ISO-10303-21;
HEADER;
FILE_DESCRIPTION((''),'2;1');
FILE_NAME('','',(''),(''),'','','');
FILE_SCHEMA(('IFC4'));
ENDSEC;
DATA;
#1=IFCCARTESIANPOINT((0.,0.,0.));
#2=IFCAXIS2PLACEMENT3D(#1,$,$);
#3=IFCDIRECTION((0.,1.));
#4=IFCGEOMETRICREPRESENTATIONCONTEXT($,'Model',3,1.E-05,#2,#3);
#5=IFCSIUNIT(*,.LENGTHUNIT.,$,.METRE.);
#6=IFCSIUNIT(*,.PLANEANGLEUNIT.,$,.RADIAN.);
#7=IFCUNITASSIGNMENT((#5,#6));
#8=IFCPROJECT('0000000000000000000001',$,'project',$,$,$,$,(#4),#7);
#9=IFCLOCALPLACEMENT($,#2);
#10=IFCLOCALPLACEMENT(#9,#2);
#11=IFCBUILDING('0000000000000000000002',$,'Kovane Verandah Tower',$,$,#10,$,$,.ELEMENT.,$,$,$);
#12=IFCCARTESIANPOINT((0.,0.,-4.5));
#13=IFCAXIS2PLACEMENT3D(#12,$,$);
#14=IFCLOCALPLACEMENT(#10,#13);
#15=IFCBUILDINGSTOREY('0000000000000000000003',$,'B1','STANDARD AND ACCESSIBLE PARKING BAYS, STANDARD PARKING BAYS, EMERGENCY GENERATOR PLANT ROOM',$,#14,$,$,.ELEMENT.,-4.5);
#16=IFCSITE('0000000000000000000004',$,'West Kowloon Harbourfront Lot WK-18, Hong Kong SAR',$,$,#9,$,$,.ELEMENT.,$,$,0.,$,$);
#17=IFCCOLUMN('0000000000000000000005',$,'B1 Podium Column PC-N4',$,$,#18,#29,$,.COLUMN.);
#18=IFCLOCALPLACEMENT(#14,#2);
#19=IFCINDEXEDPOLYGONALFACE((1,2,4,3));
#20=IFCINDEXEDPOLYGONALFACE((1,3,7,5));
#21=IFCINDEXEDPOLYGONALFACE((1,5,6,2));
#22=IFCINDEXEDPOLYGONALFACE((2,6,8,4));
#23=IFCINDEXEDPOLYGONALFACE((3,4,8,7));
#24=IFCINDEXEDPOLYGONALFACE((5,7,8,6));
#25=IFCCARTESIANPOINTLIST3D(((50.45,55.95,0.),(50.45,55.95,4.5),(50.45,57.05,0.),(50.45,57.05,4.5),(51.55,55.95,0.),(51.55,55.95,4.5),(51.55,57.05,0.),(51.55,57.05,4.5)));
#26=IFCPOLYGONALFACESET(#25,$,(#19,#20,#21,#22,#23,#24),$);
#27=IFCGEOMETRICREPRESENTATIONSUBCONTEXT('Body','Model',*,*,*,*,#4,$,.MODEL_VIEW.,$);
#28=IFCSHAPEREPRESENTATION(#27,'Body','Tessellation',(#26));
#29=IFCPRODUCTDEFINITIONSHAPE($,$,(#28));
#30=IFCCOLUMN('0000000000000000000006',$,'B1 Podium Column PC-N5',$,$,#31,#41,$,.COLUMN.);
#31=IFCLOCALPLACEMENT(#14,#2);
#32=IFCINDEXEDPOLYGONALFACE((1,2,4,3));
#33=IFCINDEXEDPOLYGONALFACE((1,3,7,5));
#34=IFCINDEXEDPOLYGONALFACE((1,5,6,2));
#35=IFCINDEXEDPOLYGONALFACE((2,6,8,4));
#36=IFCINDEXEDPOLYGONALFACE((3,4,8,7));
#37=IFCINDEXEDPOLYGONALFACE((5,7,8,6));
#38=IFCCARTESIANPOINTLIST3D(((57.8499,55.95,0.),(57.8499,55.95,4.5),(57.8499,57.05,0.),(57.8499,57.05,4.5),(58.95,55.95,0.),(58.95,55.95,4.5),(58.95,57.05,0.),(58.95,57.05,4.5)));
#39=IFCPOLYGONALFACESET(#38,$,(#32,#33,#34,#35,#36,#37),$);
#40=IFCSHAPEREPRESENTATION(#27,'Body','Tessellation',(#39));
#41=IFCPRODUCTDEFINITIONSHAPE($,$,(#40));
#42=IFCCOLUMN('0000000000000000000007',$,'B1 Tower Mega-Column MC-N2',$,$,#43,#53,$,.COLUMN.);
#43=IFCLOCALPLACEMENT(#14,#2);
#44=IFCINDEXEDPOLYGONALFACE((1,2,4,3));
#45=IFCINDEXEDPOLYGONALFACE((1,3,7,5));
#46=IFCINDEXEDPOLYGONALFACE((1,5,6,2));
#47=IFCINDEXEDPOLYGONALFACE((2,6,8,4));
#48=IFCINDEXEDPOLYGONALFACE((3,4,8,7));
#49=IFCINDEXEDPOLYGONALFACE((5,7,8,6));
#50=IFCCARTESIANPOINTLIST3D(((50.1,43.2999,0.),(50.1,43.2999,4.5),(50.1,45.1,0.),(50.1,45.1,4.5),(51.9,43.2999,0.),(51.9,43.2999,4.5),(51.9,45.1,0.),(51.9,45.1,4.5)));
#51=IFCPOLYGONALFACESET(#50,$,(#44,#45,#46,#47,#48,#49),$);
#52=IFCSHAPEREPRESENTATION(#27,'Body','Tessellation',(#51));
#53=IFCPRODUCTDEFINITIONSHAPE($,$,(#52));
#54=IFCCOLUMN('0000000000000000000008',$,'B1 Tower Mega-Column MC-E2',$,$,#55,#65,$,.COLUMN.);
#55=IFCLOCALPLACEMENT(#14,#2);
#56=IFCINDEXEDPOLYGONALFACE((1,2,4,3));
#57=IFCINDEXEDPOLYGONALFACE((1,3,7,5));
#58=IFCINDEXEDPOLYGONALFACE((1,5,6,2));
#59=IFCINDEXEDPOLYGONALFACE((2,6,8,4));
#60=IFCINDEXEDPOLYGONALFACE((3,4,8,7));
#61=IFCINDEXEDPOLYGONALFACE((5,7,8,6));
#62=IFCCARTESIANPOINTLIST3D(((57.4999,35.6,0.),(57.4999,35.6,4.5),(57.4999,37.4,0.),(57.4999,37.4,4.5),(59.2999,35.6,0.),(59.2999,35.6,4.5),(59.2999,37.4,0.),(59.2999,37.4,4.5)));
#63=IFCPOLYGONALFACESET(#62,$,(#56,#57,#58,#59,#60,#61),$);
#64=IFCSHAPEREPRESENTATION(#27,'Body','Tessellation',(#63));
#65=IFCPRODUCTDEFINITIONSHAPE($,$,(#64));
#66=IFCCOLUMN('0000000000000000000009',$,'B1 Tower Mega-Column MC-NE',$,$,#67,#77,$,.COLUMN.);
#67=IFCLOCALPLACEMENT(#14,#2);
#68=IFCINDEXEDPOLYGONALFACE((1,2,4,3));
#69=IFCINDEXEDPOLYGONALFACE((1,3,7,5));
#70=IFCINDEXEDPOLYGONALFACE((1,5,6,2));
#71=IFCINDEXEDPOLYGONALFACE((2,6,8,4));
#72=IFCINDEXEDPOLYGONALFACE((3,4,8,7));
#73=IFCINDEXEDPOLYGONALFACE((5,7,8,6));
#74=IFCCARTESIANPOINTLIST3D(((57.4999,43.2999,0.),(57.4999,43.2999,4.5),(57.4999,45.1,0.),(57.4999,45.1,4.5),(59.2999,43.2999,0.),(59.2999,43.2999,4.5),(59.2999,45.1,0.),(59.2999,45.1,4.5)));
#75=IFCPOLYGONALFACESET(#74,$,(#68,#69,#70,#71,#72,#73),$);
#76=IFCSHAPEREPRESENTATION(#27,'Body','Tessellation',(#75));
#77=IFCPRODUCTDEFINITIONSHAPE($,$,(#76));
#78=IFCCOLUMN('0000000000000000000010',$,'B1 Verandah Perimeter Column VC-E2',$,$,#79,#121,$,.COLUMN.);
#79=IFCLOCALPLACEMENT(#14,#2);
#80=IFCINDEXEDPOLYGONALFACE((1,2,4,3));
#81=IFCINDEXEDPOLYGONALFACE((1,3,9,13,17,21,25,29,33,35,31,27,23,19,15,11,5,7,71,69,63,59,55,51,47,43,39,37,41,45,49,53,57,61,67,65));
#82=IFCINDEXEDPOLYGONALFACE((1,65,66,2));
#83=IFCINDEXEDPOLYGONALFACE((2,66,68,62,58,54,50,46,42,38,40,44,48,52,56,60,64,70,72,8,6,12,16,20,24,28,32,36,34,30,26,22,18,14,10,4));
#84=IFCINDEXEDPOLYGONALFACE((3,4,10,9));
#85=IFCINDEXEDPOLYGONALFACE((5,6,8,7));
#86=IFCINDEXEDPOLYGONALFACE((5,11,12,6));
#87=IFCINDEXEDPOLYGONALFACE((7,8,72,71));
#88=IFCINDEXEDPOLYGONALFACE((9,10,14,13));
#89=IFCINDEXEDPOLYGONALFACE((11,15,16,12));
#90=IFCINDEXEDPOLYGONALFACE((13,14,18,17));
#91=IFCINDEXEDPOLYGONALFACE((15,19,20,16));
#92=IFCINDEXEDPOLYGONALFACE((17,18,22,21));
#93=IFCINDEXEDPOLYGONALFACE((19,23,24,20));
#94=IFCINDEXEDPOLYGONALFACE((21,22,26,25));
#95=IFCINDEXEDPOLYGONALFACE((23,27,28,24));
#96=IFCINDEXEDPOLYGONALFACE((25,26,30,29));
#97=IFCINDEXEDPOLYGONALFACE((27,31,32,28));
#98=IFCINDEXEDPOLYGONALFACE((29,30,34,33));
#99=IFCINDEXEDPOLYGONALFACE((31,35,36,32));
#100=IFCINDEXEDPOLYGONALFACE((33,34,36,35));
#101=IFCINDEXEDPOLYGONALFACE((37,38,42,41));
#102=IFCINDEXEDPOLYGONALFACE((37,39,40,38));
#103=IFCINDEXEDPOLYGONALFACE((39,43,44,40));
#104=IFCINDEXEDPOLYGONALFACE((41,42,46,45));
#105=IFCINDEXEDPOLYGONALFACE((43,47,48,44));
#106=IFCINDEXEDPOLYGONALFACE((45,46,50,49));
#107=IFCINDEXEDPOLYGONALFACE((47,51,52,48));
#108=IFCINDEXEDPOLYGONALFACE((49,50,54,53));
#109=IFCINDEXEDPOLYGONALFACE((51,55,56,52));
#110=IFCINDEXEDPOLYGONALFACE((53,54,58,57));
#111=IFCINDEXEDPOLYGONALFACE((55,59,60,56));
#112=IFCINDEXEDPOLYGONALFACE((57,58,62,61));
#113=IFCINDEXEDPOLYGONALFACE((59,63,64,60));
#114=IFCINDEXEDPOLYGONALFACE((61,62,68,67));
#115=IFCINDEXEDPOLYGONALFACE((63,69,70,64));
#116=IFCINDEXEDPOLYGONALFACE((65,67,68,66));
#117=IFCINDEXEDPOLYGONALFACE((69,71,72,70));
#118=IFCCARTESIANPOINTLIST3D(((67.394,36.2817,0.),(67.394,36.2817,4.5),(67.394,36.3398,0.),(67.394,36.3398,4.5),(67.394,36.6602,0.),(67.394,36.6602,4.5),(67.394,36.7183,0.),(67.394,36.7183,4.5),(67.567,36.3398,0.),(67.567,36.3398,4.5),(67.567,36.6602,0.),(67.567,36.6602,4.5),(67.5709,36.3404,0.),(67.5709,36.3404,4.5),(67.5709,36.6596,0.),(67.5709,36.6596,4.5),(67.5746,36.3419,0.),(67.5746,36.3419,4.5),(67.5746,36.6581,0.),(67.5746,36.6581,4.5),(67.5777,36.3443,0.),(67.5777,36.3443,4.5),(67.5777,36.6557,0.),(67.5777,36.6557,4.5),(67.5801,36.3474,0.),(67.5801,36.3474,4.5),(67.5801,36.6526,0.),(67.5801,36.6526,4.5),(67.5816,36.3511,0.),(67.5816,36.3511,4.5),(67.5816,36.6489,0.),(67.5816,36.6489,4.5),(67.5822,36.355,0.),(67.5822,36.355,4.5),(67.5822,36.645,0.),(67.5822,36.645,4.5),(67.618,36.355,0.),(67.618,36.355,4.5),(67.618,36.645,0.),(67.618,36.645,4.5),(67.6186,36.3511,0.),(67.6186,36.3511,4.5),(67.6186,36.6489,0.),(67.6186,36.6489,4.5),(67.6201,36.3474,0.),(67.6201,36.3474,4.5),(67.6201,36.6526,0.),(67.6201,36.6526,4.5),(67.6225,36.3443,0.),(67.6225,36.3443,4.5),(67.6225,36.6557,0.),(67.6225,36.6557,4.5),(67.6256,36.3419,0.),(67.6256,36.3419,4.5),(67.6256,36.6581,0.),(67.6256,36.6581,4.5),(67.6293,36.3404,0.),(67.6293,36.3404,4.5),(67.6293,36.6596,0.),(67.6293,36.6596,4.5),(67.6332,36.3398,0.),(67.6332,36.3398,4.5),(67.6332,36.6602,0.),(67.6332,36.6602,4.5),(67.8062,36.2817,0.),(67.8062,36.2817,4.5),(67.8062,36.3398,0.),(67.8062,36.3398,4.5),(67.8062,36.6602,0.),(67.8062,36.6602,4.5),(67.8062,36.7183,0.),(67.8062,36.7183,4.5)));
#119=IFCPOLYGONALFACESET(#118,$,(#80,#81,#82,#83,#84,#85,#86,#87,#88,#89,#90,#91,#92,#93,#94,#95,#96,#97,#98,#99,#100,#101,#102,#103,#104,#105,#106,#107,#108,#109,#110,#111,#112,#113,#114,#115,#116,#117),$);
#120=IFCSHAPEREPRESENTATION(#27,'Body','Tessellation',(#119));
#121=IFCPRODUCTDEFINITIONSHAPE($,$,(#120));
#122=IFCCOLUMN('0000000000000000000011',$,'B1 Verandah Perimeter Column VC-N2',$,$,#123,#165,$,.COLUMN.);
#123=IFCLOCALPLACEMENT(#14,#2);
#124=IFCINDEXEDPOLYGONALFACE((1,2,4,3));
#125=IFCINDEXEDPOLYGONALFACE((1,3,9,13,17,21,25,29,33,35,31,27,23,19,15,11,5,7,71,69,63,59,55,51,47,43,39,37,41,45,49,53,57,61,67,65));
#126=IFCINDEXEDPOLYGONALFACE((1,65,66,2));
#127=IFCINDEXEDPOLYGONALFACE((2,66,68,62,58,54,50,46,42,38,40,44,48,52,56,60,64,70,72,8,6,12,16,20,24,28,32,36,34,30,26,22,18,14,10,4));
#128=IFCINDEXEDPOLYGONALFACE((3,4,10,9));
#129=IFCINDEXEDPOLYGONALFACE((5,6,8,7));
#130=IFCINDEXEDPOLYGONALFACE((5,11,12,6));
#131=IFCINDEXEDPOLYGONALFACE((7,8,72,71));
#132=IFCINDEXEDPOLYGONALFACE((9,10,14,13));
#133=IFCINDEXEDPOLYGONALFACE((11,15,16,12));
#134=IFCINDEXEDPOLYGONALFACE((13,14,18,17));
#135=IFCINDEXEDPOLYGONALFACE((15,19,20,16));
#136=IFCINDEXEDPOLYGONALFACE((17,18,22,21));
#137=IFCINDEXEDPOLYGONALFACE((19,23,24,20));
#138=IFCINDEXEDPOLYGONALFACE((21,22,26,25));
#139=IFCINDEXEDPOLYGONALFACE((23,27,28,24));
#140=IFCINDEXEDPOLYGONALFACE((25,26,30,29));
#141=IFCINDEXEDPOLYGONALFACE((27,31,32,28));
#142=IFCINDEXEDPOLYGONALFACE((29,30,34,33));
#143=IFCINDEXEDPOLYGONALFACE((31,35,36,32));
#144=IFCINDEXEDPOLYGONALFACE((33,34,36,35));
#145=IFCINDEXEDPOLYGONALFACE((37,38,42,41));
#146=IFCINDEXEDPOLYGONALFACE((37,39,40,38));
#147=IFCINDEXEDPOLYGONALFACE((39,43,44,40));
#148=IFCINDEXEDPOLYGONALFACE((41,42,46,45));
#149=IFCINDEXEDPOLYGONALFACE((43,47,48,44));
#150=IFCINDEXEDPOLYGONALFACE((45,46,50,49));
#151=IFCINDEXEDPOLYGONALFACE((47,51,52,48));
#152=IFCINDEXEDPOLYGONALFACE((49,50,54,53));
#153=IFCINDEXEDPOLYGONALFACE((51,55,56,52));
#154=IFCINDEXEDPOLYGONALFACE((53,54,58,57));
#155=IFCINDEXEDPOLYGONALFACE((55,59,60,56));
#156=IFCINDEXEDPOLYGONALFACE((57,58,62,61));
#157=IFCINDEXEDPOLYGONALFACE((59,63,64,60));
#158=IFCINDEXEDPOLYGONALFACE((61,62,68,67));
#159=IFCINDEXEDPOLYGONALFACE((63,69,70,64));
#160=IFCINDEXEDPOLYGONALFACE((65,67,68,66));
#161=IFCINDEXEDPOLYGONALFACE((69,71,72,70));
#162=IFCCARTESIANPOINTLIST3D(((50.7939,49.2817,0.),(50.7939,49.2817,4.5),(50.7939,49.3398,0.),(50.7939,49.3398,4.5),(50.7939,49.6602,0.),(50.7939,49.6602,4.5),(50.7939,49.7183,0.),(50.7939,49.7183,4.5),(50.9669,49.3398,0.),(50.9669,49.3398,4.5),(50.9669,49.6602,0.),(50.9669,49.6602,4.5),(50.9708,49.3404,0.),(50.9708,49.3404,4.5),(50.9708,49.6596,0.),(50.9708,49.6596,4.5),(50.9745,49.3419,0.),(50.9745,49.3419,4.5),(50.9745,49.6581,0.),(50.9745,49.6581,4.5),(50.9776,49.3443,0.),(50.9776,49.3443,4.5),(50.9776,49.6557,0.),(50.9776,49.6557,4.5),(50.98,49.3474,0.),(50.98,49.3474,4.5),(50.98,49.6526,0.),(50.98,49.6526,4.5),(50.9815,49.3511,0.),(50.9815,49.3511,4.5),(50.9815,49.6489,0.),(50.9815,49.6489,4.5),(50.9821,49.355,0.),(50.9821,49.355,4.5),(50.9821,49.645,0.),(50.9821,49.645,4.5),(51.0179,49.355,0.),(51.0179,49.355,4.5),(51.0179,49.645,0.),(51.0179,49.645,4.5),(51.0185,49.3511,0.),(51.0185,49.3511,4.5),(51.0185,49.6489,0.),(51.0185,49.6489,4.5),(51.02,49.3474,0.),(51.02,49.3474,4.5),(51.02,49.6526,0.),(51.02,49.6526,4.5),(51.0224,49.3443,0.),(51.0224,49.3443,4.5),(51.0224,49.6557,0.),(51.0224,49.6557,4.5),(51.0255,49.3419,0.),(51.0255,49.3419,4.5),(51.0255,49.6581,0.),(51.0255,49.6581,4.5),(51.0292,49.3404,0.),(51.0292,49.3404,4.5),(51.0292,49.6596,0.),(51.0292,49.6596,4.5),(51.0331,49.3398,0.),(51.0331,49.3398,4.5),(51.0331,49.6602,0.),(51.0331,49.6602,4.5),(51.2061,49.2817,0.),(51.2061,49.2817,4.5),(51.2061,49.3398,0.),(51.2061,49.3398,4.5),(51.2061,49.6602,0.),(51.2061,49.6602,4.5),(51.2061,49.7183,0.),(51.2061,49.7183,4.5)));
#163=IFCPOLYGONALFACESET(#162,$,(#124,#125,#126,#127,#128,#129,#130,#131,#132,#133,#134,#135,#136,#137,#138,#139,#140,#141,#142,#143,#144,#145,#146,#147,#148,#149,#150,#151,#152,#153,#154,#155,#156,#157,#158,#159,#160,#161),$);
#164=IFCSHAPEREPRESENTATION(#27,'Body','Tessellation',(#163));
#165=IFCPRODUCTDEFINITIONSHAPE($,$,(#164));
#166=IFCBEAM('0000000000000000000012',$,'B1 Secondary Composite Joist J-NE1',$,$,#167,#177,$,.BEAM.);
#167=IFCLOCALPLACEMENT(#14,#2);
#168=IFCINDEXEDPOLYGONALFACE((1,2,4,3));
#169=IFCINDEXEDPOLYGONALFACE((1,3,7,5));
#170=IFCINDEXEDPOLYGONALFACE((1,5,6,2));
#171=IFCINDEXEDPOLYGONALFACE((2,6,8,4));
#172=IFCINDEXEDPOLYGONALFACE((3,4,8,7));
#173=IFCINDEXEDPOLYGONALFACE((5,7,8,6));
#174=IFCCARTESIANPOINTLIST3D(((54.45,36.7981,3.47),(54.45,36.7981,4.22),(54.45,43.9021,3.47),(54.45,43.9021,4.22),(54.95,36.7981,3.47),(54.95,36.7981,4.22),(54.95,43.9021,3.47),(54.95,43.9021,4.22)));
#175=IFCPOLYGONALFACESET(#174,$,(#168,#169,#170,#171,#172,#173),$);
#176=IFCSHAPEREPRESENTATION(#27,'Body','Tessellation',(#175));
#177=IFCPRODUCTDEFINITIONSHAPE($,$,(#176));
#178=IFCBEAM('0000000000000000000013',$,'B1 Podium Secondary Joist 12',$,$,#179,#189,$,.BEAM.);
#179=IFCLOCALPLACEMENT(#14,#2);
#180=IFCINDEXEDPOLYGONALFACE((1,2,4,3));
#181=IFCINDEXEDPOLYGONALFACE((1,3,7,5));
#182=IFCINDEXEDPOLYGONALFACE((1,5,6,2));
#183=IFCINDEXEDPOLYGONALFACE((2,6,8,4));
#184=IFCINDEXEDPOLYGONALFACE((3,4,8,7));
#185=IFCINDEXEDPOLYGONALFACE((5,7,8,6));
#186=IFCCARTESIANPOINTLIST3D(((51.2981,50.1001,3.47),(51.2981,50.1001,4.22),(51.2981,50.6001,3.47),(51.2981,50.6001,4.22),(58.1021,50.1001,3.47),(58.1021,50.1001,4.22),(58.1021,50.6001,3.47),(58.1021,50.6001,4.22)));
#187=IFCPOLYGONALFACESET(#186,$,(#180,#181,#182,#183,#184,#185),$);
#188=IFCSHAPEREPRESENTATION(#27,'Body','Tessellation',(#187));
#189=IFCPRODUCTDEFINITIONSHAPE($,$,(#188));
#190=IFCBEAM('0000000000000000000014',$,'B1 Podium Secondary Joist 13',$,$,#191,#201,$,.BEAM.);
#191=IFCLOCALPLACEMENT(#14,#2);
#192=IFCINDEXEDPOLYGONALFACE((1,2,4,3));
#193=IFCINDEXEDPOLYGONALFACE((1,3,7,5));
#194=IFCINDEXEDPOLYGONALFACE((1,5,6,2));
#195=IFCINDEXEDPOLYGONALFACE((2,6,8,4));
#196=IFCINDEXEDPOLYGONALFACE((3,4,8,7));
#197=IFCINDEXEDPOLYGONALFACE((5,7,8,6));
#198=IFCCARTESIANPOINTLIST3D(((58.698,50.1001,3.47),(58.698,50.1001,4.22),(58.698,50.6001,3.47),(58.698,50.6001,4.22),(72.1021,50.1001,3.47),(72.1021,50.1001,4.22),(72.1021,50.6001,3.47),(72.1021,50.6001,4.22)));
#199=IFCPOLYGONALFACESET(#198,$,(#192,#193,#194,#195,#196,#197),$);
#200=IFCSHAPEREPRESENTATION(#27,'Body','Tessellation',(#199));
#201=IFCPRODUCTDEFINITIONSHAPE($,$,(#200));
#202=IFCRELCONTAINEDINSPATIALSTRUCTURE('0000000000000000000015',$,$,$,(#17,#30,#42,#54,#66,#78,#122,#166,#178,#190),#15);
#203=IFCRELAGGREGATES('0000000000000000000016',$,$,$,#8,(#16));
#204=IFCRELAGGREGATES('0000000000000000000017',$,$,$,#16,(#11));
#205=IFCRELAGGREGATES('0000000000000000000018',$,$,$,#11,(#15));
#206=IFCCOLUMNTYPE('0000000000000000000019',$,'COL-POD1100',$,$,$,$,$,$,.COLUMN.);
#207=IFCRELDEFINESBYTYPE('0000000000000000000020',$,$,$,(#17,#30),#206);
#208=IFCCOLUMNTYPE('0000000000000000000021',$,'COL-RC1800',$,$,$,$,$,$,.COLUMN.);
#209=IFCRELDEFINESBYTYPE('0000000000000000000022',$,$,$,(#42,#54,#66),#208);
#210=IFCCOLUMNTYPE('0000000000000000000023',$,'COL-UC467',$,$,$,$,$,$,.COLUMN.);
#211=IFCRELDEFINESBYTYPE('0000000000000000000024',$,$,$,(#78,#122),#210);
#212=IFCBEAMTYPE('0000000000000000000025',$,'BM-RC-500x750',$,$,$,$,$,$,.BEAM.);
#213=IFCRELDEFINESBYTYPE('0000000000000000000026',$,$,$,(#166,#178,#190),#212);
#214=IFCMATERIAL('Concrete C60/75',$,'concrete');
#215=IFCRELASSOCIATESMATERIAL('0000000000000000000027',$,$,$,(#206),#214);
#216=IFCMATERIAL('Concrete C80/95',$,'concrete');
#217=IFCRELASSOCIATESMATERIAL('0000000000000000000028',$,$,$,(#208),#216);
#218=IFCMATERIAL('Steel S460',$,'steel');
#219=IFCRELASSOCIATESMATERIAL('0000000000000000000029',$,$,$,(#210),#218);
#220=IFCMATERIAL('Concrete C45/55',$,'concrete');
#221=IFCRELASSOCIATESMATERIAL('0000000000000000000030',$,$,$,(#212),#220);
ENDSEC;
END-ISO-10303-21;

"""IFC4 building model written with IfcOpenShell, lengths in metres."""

from ifc_helpers import new_model, si_unit, direction, frame, origin, origin_2d, place, context, subcontext, project, spatial, rectangle, i_section, extrude, material, material_profile, profile_set, type_object, element, save


model = new_model("IFC4")

# Units and contexts
model_context = context("Model", 3, precision=1e-05, world=origin(), true_north=direction((0.0, 1.0)))
body_context = subcontext(model_context, "Body", "Model", "MODEL_VIEW")
ifc_project = project(units=[si_unit("LENGTHUNIT", "METRE"), si_unit("PLANEANGLEUNIT", "RADIAN")], contexts=[model_context])

# Site, building, storey
site_placement = place(None, origin())
site = spatial("IfcSite", under=ifc_project, at=site_placement, Name="West Kowloon Harbourfront Lot WK-18, Hong Kong SAR", CompositionType="ELEMENT", RefElevation=0.0)
building_placement = place(site_placement, origin())
building = spatial("IfcBuilding", under=site, at=building_placement, Name="Kovane Verandah Tower", CompositionType="ELEMENT")
storey_placement = place(building_placement, frame((0.0, 0.0, -4.5)))
storey = spatial("IfcBuildingStorey", under=building, at=storey_placement, Name="B1", Description="STANDARD AND ACCESSIBLE PARKING BAYS, STANDARD PARKING BAYS, EMERGENCY GENERATOR PLANT ROOM", CompositionType="ELEMENT", Elevation=-4.5)

# Columns
ifc_material_1 = material(Name="Concrete C60/75", Category="concrete")
ifc_material_profile_1 = material_profile(ifc_material_1, rectangle(XDim=1.1001, YDim=1.1001, at=origin_2d()), Name="RC1100x1100")
ifc_profile_set_1 = profile_set([ifc_material_profile_1], Name="Concrete C60/75")
column_type_1 = type_object("IfcColumnType", Name="COL-POD1100", PredefinedType="COLUMN", material=ifc_profile_set_1)
for number, where, z_axis, x_axis, name in (
    (1, (51.0, 56.5, 0.0), (0.0, 0.0, 1.0), (1.0, 0.0, 0.0), "B1 Podium Column PC-N4"),
    (2, (58.3999, 56.5, 0.0), (0.0, 0.0, 1.0), (1.0, 0.0, 0.0), "B1 Podium Column PC-N5"),
):
    element("IfcColumn", number, at=place(storey_placement, frame(where, z_axis=z_axis, x_axis=x_axis)), inside=storey, type_object=column_type_1, Name=name, PredefinedType="COLUMN", context=body_context, shape_type="SweptSolid", body=[
        extrude(rectangle(XDim=1.1001, YDim=1.1001, at=origin_2d()), origin(), (0.0, 0.0, 1.0), 4.5),
    ])
ifc_material_2 = material(Name="Concrete C80/95", Category="concrete")
ifc_material_profile_2 = material_profile(ifc_material_2, rectangle(XDim=1.8, YDim=1.8, at=origin_2d()), Name="RC1800x1800")
ifc_profile_set_2 = profile_set([ifc_material_profile_2], Name="Concrete C80/95")
column_type_2 = type_object("IfcColumnType", Name="COL-RC1800", PredefinedType="COLUMN", material=ifc_profile_set_2)
for number, where, z_axis, x_axis, name in (
    (3, (51.0, 44.2, 0.0), (0.0, 0.0, 1.0), (1.0, 0.0, 0.0), "B1 Tower Mega-Column MC-N2"),
    (4, (58.3999, 36.5, 0.0), (0.0, 0.0, 1.0), (1.0, 0.0, 0.0), "B1 Tower Mega-Column MC-E2"),
    (5, (58.3999, 44.2, 0.0), (0.0, 0.0, 1.0), (1.0, 0.0, 0.0), "B1 Tower Mega-Column MC-NE"),
):
    element("IfcColumn", number, at=place(storey_placement, frame(where, z_axis=z_axis, x_axis=x_axis)), inside=storey, type_object=column_type_2, Name=name, PredefinedType="COLUMN", context=body_context, shape_type="SweptSolid", body=[
        extrude(rectangle(XDim=1.8, YDim=1.8, at=origin_2d()), origin(), (0.0, 0.0, 1.0), 4.5),
    ])
ifc_material_3 = material(Name="Steel S460", Category="steel")
ifc_material_profile_3 = material_profile(ifc_material_3, i_section(OverallWidth=0.4121, OverallDepth=0.4365, WebThickness=0.0359, FlangeThickness=0.0581, FilletRadius=0.0151, at=origin_2d()), Name="UC356x406x467")
ifc_profile_set_3 = profile_set([ifc_material_profile_3], Name="Steel S460")
column_type_3 = type_object("IfcColumnType", Name="COL-UC467", PredefinedType="COLUMN", material=ifc_profile_set_3)
for number, where, z_axis, x_axis, name in (
    (6, (67.6001, 36.5, 0.0), (0.0, 0.0, 1.0), (1.0, 0.0, 0.0), "B1 Verandah Perimeter Column VC-E2"),
    (7, (51.0, 49.5, 0.0), (0.0, 0.0, 1.0), (1.0, 0.0, 0.0), "B1 Verandah Perimeter Column VC-N2"),
):
    element("IfcColumn", number, at=place(storey_placement, frame(where, z_axis=z_axis, x_axis=x_axis)), inside=storey, type_object=column_type_3, Name=name, PredefinedType="COLUMN", context=body_context, shape_type="SweptSolid", body=[
        extrude(i_section(OverallWidth=0.4121, OverallDepth=0.4365, WebThickness=0.0359, FlangeThickness=0.0581, FilletRadius=0.0151, at=origin_2d()), origin(), (0.0, 0.0, 1.0), 4.5),
    ])

# Beams
ifc_material_4 = material(Name="Concrete C45/55", Category="concrete")
ifc_material_profile_4 = material_profile(ifc_material_4, rectangle(XDim=0.5, YDim=0.75, at=origin_2d()), Name="RCB500x750")
ifc_profile_set_4 = profile_set([ifc_material_profile_4], Name="Concrete C45/55")
beam_type_1 = type_object("IfcBeamType", Name="BM-RC-500x750", PredefinedType="BEAM", material=ifc_profile_set_4)
beam_1_placement = place(storey_placement, frame((54.7, 36.7981, 3.845), z_axis=(0.0, 1.0, 0.0), x_axis=(-1.0, 0.0, 0.0)))
element("IfcBeam", 8, at=beam_1_placement, inside=storey, type_object=beam_type_1, Name="B1 Secondary Composite Joist J-NE1", PredefinedType="BEAM", context=body_context, shape_type="SweptSolid", body=[
    extrude(rectangle(XDim=0.5, YDim=0.75, at=origin_2d()), origin(), (0.0, 0.0, 1.0), 7.104),
])
beam_2_placement = place(storey_placement, frame((51.2981, 50.3501, 3.845), z_axis=(1.0, 0.0, 0.0), x_axis=(0.0, 1.0, 0.0)))
element("IfcBeam", 9, at=beam_2_placement, inside=storey, type_object=beam_type_1, Name="B1 Podium Secondary Joist 12", PredefinedType="BEAM", context=body_context, shape_type="SweptSolid", body=[
    extrude(rectangle(XDim=0.5, YDim=0.75, at=origin_2d()), origin(), (0.0, 0.0, 1.0), 6.804),
])
beam_3_placement = place(storey_placement, frame((58.698, 50.3501, 3.845), z_axis=(1.0, 0.0, 0.0), x_axis=(0.0, 1.0, 0.0)))
element("IfcBeam", 10, at=beam_3_placement, inside=storey, type_object=beam_type_1, Name="B1 Podium Secondary Joist 13", PredefinedType="BEAM", context=body_context, shape_type="SweptSolid", body=[
    extrude(rectangle(XDim=0.5, YDim=0.75, at=origin_2d()), origin(), (0.0, 0.0, 1.0), 13.4041),
])

save(model, "model.ifc")
